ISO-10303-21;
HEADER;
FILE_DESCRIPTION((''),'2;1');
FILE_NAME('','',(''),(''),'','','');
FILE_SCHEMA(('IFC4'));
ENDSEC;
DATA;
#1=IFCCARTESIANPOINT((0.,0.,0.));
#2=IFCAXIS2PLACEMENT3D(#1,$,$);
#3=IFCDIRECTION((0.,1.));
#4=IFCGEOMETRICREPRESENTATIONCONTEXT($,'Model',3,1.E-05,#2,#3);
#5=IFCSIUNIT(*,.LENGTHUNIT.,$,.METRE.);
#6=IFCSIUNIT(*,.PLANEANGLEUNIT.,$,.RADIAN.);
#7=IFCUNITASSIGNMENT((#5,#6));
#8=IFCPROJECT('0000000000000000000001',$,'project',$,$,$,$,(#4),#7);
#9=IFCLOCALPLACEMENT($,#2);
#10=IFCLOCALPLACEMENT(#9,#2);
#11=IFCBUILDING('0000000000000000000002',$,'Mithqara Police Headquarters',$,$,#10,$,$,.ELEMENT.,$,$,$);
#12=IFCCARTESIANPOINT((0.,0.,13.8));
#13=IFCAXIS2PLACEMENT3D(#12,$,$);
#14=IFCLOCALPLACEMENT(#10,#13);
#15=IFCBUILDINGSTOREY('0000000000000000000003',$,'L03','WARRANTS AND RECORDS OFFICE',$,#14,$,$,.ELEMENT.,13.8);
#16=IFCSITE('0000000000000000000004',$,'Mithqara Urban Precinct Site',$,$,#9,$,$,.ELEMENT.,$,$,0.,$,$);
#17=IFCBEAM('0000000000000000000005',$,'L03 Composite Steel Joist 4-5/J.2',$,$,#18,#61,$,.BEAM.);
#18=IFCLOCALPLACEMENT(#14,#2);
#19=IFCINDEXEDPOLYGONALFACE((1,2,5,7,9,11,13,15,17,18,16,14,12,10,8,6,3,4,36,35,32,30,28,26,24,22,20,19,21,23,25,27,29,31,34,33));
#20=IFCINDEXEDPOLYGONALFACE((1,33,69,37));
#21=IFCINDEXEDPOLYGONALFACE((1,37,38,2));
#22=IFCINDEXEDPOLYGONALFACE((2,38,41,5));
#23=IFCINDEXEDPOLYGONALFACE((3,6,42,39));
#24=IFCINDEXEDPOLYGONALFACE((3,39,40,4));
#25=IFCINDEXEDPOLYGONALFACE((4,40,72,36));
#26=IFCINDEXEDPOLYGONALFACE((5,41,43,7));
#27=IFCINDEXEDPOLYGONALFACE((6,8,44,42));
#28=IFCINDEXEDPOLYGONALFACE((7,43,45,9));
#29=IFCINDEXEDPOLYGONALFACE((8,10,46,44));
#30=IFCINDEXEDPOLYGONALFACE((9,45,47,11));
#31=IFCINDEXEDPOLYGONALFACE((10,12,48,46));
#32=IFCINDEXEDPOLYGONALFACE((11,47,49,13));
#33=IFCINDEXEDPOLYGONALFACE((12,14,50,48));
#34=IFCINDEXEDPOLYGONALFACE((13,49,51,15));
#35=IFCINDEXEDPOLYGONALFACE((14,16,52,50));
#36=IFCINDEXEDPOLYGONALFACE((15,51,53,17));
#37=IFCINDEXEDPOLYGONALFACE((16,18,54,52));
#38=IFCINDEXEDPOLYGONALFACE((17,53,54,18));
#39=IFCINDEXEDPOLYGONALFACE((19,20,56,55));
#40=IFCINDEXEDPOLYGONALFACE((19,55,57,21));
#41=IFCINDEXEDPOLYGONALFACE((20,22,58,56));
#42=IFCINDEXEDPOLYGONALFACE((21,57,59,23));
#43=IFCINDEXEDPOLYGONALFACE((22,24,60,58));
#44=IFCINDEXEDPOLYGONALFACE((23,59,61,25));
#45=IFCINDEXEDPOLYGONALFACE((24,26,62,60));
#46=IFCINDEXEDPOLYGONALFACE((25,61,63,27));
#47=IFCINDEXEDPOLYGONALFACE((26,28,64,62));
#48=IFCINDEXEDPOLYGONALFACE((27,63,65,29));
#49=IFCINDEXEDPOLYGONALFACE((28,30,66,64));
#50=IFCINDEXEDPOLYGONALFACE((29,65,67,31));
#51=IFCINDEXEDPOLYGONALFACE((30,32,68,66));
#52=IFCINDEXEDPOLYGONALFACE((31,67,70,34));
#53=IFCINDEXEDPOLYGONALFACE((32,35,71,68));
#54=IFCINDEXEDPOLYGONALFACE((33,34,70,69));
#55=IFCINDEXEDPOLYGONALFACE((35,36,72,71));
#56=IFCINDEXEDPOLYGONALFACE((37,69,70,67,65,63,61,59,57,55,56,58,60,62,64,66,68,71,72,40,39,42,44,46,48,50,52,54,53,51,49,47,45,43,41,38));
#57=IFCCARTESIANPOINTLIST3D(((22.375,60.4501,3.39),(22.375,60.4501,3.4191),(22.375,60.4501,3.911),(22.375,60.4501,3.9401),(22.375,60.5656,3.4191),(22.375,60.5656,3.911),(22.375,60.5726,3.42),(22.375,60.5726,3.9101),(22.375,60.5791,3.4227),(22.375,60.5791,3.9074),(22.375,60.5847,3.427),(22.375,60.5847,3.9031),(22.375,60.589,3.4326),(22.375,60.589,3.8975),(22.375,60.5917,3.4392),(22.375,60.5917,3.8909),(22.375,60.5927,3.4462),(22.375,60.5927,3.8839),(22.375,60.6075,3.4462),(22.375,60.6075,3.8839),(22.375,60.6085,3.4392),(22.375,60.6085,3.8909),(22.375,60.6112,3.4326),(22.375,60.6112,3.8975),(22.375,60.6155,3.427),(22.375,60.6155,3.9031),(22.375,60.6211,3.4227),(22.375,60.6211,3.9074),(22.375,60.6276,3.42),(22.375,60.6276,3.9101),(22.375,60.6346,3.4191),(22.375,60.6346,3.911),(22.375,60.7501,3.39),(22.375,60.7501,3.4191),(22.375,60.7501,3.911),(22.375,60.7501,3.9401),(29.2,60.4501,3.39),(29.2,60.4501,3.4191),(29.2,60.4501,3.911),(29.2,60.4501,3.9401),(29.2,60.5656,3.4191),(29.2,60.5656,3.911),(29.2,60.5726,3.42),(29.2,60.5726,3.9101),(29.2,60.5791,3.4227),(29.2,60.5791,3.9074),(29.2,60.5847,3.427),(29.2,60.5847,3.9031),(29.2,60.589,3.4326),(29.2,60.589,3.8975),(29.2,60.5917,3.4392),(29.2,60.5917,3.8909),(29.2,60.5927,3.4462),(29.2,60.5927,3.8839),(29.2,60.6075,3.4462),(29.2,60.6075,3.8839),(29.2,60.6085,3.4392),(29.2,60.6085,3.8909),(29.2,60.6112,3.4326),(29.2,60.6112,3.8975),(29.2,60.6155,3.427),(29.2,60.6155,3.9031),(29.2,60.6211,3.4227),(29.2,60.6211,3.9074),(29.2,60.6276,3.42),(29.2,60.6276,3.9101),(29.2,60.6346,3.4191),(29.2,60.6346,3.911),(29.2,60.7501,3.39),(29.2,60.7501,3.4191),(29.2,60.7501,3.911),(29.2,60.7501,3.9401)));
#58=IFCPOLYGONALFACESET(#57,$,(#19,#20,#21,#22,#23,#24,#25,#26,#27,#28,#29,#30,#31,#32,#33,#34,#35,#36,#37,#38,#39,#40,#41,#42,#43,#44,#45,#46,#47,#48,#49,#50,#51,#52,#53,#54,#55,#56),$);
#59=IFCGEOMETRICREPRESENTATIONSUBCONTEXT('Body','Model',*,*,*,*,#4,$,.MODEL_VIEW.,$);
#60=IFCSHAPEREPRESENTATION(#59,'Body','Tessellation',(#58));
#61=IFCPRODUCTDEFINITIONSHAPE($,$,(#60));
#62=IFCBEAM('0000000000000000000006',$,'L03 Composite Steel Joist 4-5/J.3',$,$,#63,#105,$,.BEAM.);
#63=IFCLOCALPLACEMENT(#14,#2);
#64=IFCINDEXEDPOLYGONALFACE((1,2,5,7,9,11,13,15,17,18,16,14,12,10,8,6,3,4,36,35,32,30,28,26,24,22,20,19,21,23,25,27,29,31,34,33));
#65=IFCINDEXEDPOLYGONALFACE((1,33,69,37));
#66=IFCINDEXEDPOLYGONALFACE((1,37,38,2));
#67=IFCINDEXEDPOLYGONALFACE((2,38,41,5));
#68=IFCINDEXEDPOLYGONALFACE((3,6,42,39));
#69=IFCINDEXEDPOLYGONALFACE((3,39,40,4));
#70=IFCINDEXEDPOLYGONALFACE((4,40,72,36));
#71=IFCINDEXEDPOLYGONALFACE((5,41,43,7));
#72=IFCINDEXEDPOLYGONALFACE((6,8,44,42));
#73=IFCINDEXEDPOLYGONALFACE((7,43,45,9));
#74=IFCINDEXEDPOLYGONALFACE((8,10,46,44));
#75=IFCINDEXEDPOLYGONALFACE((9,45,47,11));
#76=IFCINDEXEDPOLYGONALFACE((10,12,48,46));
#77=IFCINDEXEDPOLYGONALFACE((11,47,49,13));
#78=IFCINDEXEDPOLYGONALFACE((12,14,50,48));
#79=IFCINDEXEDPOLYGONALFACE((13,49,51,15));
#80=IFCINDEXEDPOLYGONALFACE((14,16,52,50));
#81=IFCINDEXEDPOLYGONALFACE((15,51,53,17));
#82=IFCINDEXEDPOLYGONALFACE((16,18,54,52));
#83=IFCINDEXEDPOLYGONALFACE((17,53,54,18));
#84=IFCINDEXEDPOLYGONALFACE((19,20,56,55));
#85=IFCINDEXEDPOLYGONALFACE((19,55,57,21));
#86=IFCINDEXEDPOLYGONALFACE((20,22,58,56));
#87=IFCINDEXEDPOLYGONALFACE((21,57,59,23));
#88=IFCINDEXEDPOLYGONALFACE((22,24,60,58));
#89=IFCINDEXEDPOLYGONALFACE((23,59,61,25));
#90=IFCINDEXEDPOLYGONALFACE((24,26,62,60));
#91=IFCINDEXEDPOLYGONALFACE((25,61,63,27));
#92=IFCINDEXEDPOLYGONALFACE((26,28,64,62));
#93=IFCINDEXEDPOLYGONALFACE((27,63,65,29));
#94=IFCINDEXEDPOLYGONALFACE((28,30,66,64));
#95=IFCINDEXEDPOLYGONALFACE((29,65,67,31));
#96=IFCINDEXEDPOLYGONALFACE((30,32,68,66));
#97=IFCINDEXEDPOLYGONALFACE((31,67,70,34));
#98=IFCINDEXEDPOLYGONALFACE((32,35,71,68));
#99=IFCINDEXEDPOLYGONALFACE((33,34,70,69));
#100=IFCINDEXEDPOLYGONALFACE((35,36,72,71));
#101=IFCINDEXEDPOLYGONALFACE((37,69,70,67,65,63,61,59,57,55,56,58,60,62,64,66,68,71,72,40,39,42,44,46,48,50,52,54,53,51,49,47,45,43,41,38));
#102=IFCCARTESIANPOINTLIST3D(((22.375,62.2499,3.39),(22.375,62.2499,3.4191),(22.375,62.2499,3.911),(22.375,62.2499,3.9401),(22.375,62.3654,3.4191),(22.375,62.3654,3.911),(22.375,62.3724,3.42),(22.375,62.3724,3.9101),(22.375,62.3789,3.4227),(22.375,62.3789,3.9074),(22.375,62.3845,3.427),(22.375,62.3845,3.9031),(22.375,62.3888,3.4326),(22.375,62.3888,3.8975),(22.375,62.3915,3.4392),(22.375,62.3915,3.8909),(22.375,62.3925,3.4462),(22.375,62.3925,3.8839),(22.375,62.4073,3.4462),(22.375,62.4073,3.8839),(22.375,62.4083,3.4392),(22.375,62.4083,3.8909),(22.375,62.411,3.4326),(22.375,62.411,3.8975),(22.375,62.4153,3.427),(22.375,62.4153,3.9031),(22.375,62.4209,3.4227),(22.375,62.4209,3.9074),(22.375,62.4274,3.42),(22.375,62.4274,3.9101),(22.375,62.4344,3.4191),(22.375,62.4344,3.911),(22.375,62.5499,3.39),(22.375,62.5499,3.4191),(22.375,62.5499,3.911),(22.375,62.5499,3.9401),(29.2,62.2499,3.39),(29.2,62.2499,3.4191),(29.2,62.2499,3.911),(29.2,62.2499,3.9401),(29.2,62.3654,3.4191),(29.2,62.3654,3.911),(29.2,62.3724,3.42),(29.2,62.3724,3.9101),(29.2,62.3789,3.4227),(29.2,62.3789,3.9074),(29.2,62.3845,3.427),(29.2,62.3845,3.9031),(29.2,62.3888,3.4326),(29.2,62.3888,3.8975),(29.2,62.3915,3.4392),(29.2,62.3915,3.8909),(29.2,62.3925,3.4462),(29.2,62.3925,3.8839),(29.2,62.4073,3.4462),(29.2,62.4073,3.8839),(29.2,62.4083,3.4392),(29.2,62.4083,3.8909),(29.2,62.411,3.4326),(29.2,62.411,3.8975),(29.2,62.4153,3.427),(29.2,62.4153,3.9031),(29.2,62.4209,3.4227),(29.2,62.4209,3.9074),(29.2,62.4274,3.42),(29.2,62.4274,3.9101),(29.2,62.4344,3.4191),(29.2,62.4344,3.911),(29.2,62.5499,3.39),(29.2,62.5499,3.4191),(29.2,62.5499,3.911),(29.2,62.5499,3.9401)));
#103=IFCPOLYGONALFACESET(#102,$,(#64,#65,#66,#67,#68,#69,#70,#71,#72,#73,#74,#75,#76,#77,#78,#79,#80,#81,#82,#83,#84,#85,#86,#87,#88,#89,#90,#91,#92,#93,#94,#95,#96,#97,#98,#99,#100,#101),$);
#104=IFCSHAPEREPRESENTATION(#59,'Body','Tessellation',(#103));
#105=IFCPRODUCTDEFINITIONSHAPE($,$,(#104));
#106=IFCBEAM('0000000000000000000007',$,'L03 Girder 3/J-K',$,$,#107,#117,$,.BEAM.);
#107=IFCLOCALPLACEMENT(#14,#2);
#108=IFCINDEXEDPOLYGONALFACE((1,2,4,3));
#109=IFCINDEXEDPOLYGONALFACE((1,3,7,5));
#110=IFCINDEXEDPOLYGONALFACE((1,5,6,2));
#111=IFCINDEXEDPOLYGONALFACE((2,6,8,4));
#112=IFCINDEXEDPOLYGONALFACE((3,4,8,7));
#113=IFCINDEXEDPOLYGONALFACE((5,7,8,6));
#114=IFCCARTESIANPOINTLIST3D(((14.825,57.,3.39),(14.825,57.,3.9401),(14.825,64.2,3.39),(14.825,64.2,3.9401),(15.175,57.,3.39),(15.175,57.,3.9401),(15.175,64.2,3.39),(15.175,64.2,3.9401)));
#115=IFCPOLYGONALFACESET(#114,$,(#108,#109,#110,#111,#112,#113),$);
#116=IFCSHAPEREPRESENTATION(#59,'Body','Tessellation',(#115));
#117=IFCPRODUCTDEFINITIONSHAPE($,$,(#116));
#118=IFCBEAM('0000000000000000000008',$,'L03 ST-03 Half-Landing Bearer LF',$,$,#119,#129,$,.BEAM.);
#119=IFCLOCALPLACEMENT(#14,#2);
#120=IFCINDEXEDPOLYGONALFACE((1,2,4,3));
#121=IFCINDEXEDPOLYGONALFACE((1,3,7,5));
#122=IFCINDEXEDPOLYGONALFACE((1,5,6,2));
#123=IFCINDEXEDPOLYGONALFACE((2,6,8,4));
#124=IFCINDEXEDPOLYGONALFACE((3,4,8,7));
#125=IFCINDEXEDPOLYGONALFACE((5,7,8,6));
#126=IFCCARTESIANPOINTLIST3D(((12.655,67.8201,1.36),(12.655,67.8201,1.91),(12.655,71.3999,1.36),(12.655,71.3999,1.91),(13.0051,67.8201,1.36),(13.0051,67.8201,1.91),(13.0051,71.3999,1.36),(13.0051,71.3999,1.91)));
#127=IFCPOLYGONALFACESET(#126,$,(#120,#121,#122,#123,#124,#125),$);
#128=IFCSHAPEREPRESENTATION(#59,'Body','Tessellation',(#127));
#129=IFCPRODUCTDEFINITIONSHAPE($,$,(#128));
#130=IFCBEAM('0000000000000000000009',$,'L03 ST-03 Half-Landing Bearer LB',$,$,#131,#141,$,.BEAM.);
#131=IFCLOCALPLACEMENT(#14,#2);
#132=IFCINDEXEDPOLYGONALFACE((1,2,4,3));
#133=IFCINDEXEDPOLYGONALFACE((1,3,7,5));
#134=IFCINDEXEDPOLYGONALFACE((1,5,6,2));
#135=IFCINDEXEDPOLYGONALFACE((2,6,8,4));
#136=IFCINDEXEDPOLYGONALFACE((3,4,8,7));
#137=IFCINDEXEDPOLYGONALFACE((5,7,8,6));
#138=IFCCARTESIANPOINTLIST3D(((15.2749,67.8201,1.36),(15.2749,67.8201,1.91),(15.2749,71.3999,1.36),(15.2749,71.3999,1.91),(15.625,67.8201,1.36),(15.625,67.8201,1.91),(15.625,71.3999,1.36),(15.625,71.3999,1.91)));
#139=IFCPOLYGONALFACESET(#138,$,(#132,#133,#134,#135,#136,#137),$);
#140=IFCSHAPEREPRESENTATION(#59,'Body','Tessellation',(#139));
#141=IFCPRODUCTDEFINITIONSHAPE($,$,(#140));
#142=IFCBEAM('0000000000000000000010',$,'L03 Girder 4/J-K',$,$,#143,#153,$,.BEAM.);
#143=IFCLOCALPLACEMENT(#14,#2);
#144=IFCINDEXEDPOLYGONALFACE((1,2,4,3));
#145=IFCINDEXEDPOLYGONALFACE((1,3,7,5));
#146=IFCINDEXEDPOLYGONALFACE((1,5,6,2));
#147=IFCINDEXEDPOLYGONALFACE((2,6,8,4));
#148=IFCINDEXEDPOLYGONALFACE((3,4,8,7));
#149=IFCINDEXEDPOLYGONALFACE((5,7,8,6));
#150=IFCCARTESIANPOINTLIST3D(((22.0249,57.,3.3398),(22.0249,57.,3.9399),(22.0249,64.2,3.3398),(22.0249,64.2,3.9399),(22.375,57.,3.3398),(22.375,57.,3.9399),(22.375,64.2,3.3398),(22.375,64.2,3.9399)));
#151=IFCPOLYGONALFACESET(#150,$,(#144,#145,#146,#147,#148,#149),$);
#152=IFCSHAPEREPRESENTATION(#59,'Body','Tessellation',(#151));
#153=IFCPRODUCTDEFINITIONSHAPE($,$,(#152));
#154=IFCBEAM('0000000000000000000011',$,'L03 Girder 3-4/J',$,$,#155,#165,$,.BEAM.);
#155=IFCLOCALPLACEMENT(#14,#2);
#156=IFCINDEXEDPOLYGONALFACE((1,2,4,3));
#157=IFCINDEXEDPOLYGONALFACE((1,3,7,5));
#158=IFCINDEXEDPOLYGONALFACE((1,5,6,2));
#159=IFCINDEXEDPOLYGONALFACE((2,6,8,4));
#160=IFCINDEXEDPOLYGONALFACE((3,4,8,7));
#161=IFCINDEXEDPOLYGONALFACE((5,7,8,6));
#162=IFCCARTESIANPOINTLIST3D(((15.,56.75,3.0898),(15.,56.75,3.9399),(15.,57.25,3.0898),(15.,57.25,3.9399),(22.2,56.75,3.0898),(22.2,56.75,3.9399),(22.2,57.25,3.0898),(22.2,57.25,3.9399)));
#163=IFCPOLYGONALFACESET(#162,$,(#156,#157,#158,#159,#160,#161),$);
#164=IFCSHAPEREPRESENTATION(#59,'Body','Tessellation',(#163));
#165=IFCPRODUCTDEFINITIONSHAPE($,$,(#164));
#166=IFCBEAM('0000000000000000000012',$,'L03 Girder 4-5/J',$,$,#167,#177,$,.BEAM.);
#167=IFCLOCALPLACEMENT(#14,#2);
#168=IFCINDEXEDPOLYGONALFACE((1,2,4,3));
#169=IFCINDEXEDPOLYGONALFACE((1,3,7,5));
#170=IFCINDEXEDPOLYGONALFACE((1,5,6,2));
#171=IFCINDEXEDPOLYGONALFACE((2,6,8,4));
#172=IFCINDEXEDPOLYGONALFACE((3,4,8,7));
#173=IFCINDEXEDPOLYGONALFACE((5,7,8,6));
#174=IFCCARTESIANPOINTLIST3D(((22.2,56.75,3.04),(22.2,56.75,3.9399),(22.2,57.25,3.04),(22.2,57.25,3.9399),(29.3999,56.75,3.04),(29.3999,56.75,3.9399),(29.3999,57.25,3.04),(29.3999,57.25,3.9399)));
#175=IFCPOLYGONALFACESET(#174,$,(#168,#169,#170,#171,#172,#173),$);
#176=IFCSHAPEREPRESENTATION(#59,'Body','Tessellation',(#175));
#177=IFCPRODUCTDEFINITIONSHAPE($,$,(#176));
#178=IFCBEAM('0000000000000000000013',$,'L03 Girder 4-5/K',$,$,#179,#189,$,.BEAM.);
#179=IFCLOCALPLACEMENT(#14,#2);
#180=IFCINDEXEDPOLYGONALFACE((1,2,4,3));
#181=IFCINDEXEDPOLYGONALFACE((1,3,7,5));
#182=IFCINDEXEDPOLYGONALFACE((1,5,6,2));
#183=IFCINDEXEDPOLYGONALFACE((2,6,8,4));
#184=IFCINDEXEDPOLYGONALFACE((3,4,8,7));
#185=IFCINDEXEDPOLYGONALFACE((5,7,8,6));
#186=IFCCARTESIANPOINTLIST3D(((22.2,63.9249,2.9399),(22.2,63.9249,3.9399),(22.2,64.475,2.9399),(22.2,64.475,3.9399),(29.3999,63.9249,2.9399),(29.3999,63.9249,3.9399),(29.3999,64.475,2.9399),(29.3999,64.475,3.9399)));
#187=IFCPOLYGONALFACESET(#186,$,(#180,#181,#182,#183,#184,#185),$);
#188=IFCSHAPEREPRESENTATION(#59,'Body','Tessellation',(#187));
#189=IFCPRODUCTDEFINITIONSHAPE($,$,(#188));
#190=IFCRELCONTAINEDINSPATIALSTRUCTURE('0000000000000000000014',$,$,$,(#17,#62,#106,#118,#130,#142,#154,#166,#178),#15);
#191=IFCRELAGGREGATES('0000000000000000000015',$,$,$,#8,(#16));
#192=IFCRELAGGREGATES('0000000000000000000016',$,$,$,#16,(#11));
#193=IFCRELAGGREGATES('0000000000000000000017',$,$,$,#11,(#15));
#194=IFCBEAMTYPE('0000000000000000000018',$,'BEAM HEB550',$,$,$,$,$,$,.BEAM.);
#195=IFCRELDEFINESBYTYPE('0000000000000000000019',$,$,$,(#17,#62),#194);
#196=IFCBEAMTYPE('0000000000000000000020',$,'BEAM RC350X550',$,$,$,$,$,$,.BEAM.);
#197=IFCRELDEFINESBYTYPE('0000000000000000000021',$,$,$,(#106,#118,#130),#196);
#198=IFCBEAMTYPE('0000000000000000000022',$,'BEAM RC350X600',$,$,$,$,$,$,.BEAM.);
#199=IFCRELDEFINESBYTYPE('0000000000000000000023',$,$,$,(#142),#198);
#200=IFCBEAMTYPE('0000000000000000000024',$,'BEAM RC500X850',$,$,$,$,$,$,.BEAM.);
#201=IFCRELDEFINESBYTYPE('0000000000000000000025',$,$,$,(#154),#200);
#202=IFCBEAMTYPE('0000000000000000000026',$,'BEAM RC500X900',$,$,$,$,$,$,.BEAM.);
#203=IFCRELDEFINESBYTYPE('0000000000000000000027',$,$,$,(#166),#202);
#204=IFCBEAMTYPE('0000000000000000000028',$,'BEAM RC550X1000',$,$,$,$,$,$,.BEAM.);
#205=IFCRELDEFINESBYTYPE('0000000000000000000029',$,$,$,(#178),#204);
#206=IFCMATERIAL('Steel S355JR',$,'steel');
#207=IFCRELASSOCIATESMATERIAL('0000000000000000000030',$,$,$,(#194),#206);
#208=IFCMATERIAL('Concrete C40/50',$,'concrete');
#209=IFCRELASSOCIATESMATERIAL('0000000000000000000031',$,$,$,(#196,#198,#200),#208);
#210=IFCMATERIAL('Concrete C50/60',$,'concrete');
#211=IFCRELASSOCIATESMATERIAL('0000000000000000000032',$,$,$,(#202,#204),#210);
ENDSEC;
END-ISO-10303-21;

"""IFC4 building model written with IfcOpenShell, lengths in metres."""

from ifc_helpers import new_model, si_unit, direction, frame, origin, origin_2d, place, context, subcontext, project, spatial, rectangle, i_section, extrude, material, material_profile, profile_set, type_object, element, save


model = new_model("IFC4")

# Units and contexts
model_context = context("Model", 3, precision=1e-05, world=origin(), true_north=direction((0.0, 1.0)))
body_context = subcontext(model_context, "Body", "Model", "MODEL_VIEW")
ifc_project = project(units=[si_unit("LENGTHUNIT", "METRE"), si_unit("PLANEANGLEUNIT", "RADIAN")], contexts=[model_context])

# Site, building, storey
site_placement = place(None, origin())
site = spatial("IfcSite", under=ifc_project, at=site_placement, Name="Mithqara Urban Precinct Site", CompositionType="ELEMENT", RefElevation=0.0)
building_placement = place(site_placement, origin())
building = spatial("IfcBuilding", under=site, at=building_placement, Name="Mithqara Police Headquarters", CompositionType="ELEMENT")
storey_placement = place(building_placement, frame((0.0, 0.0, 13.8)))
storey = spatial("IfcBuildingStorey", under=building, at=storey_placement, Name="L03", Description="WARRANTS AND RECORDS OFFICE", CompositionType="ELEMENT", Elevation=13.8)

# Shared definitions
ifc_material_1 = material(Name="Concrete C50/60", Category="concrete")

# Beams
ifc_material_2 = material(Name="Steel S355JR", Category="steel")
ifc_material_profile_1 = material_profile(ifc_material_2, i_section(OverallWidth=0.3, OverallDepth=0.55, WebThickness=0.0149, FlangeThickness=0.0291, FilletRadius=0.0271, at=origin_2d()), Name="HEB 550")
ifc_profile_set_1 = profile_set([ifc_material_profile_1], Name="Steel S355JR")
beam_type_1 = type_object("IfcBeamType", Name="BEAM HEB550", PredefinedType="BEAM", material=ifc_profile_set_1)
for number, where, z_axis, x_axis, name in (
    (1, (22.375, 60.6001, 3.665), (1.0, 0.0, 0.0), (0.0, 1.0, 0.0), "L03 Composite Steel Joist 4-5/J.2"),
    (2, (22.375, 62.3999, 3.665), (1.0, 0.0, 0.0), (0.0, 1.0, 0.0), "L03 Composite Steel Joist 4-5/J.3"),
):
    element("IfcBeam", number, at=place(storey_placement, frame(where, z_axis=z_axis, x_axis=x_axis)), inside=storey, type_object=beam_type_1, Name=name, PredefinedType="BEAM", context=body_context, shape_type="SweptSolid", body=[
        extrude(i_section(OverallWidth=0.3, OverallDepth=0.55, WebThickness=0.0149, FlangeThickness=0.0291, FilletRadius=0.0271, at=origin_2d()), origin(), (0.0, 0.0, 1.0), 6.825),
    ])
ifc_material_3 = material(Name="Concrete C40/50", Category="concrete")
ifc_material_profile_2 = material_profile(ifc_material_3, rectangle(XDim=0.3501, YDim=0.55, at=origin_2d()), Name="RC 350x550")
ifc_profile_set_2 = profile_set([ifc_material_profile_2], Name="Concrete C40/50")
beam_type_2 = type_object("IfcBeamType", Name="BEAM RC350X550", PredefinedType="BEAM", material=ifc_profile_set_2)
beam_1_placement = place(storey_placement, frame((15.0, 57.0, 3.665), z_axis=(0.0, 1.0, 0.0), x_axis=(-1.0, 0.0, 0.0)))
element("IfcBeam", 3, at=beam_1_placement, inside=storey, type_object=beam_type_2, Name="L03 Girder 3/J-K", PredefinedType="BEAM", context=body_context, shape_type="SweptSolid", body=[
    extrude(rectangle(XDim=0.3501, YDim=0.55, at=origin_2d()), origin(), (0.0, 0.0, 1.0), 7.2),
])
for number, where, z_axis, x_axis, name in (
    (4, (12.8301, 67.8201, 1.635), (0.0, 1.0, 0.0), (-1.0, 0.0, 0.0), "L03 ST-03 Half-Landing Bearer LF"),
    (5, (15.45, 67.8201, 1.635), (0.0, 1.0, 0.0), (-1.0, 0.0, 0.0), "L03 ST-03 Half-Landing Bearer LB"),
):
    element("IfcBeam", number, at=place(storey_placement, frame(where, z_axis=z_axis, x_axis=x_axis)), inside=storey, type_object=beam_type_2, Name=name, PredefinedType="BEAM", context=body_context, shape_type="SweptSolid", body=[
        extrude(rectangle(XDim=0.3501, YDim=0.55, at=origin_2d()), origin(), (0.0, 0.0, 1.0), 3.5798),
    ])
ifc_material_profile_3 = material_profile(ifc_material_3, rectangle(XDim=0.3501, YDim=0.6001, at=origin_2d()), Name="RC 350x600")
ifc_profile_set_3 = profile_set([ifc_material_profile_3], Name="Concrete C40/50")
beam_type_3 = type_object("IfcBeamType", Name="BEAM RC350X600", PredefinedType="BEAM", material=ifc_profile_set_3)
beam_2_placement = place(storey_placement, frame((22.2, 57.0, 3.6399), z_axis=(0.0, 1.0, 0.0), x_axis=(-1.0, 0.0, 0.0)))
element("IfcBeam", 6, at=beam_2_placement, inside=storey, type_object=beam_type_3, Name="L03 Girder 4/J-K", PredefinedType="BEAM", context=body_context, shape_type="SweptSolid", body=[
    extrude(rectangle(XDim=0.3501, YDim=0.6001, at=origin_2d()), origin(), (0.0, 0.0, 1.0), 7.2),
])
ifc_material_profile_4 = material_profile(ifc_material_3, rectangle(XDim=0.5, YDim=0.8501, at=origin_2d()), Name="RC 500x850")
ifc_profile_set_4 = profile_set([ifc_material_profile_4], Name="Concrete C40/50")
beam_type_4 = type_object("IfcBeamType", Name="BEAM RC500X850", PredefinedType="BEAM", material=ifc_profile_set_4)
beam_3_placement = place(storey_placement, frame((15.0, 57.0, 3.5149), z_axis=(1.0, 0.0, 0.0), x_axis=(0.0, 1.0, 0.0)))
element("IfcBeam", 7, at=beam_3_placement, inside=storey, type_object=beam_type_4, Name="L03 Girder 3-4/J", PredefinedType="BEAM", context=body_context, shape_type="SweptSolid", body=[
    extrude(rectangle(XDim=0.5, YDim=0.8501, at=origin_2d()), origin(), (0.0, 0.0, 1.0), 7.2),
])
ifc_material_profile_5 = material_profile(ifc_material_1, rectangle(XDim=0.5, YDim=0.8999, at=origin_2d()), Name="RC 500x900")
ifc_profile_set_5 = profile_set([ifc_material_profile_5], Name="Concrete C50/60")
beam_type_5 = type_object("IfcBeamType", Name="BEAM RC500X900", PredefinedType="BEAM", material=ifc_profile_set_5)
beam_4_placement = place(storey_placement, frame((22.2, 57.0, 3.49), z_axis=(1.0, 0.0, 0.0), x_axis=(0.0, 1.0, 0.0)))
element("IfcBeam", 8, at=beam_4_placement, inside=storey, type_object=beam_type_5, Name="L03 Girder 4-5/J", PredefinedType="BEAM", context=body_context, shape_type="SweptSolid", body=[
    extrude(rectangle(XDim=0.5, YDim=0.8999, at=origin_2d()), origin(), (0.0, 0.0, 1.0), 7.2),
])
ifc_material_profile_6 = material_profile(ifc_material_1, rectangle(XDim=0.55, YDim=1.0, at=origin_2d()), Name="RC 550x1000")
ifc_profile_set_6 = profile_set([ifc_material_profile_6], Name="Concrete C50/60")
beam_type_6 = type_object("IfcBeamType", Name="BEAM RC550X1000", PredefinedType="BEAM", material=ifc_profile_set_6)
beam_5_placement = place(storey_placement, frame((22.2, 64.2, 3.4399), z_axis=(1.0, 0.0, 0.0), x_axis=(0.0, 1.0, 0.0)))
element("IfcBeam", 9, at=beam_5_placement, inside=storey, type_object=beam_type_6, Name="L03 Girder 4-5/K", PredefinedType="BEAM", context=body_context, shape_type="SweptSolid", body=[
    extrude(rectangle(XDim=0.55, YDim=1.0, at=origin_2d()), origin(), (0.0, 0.0, 1.0), 7.2),
])

save(model, "model.ifc")
